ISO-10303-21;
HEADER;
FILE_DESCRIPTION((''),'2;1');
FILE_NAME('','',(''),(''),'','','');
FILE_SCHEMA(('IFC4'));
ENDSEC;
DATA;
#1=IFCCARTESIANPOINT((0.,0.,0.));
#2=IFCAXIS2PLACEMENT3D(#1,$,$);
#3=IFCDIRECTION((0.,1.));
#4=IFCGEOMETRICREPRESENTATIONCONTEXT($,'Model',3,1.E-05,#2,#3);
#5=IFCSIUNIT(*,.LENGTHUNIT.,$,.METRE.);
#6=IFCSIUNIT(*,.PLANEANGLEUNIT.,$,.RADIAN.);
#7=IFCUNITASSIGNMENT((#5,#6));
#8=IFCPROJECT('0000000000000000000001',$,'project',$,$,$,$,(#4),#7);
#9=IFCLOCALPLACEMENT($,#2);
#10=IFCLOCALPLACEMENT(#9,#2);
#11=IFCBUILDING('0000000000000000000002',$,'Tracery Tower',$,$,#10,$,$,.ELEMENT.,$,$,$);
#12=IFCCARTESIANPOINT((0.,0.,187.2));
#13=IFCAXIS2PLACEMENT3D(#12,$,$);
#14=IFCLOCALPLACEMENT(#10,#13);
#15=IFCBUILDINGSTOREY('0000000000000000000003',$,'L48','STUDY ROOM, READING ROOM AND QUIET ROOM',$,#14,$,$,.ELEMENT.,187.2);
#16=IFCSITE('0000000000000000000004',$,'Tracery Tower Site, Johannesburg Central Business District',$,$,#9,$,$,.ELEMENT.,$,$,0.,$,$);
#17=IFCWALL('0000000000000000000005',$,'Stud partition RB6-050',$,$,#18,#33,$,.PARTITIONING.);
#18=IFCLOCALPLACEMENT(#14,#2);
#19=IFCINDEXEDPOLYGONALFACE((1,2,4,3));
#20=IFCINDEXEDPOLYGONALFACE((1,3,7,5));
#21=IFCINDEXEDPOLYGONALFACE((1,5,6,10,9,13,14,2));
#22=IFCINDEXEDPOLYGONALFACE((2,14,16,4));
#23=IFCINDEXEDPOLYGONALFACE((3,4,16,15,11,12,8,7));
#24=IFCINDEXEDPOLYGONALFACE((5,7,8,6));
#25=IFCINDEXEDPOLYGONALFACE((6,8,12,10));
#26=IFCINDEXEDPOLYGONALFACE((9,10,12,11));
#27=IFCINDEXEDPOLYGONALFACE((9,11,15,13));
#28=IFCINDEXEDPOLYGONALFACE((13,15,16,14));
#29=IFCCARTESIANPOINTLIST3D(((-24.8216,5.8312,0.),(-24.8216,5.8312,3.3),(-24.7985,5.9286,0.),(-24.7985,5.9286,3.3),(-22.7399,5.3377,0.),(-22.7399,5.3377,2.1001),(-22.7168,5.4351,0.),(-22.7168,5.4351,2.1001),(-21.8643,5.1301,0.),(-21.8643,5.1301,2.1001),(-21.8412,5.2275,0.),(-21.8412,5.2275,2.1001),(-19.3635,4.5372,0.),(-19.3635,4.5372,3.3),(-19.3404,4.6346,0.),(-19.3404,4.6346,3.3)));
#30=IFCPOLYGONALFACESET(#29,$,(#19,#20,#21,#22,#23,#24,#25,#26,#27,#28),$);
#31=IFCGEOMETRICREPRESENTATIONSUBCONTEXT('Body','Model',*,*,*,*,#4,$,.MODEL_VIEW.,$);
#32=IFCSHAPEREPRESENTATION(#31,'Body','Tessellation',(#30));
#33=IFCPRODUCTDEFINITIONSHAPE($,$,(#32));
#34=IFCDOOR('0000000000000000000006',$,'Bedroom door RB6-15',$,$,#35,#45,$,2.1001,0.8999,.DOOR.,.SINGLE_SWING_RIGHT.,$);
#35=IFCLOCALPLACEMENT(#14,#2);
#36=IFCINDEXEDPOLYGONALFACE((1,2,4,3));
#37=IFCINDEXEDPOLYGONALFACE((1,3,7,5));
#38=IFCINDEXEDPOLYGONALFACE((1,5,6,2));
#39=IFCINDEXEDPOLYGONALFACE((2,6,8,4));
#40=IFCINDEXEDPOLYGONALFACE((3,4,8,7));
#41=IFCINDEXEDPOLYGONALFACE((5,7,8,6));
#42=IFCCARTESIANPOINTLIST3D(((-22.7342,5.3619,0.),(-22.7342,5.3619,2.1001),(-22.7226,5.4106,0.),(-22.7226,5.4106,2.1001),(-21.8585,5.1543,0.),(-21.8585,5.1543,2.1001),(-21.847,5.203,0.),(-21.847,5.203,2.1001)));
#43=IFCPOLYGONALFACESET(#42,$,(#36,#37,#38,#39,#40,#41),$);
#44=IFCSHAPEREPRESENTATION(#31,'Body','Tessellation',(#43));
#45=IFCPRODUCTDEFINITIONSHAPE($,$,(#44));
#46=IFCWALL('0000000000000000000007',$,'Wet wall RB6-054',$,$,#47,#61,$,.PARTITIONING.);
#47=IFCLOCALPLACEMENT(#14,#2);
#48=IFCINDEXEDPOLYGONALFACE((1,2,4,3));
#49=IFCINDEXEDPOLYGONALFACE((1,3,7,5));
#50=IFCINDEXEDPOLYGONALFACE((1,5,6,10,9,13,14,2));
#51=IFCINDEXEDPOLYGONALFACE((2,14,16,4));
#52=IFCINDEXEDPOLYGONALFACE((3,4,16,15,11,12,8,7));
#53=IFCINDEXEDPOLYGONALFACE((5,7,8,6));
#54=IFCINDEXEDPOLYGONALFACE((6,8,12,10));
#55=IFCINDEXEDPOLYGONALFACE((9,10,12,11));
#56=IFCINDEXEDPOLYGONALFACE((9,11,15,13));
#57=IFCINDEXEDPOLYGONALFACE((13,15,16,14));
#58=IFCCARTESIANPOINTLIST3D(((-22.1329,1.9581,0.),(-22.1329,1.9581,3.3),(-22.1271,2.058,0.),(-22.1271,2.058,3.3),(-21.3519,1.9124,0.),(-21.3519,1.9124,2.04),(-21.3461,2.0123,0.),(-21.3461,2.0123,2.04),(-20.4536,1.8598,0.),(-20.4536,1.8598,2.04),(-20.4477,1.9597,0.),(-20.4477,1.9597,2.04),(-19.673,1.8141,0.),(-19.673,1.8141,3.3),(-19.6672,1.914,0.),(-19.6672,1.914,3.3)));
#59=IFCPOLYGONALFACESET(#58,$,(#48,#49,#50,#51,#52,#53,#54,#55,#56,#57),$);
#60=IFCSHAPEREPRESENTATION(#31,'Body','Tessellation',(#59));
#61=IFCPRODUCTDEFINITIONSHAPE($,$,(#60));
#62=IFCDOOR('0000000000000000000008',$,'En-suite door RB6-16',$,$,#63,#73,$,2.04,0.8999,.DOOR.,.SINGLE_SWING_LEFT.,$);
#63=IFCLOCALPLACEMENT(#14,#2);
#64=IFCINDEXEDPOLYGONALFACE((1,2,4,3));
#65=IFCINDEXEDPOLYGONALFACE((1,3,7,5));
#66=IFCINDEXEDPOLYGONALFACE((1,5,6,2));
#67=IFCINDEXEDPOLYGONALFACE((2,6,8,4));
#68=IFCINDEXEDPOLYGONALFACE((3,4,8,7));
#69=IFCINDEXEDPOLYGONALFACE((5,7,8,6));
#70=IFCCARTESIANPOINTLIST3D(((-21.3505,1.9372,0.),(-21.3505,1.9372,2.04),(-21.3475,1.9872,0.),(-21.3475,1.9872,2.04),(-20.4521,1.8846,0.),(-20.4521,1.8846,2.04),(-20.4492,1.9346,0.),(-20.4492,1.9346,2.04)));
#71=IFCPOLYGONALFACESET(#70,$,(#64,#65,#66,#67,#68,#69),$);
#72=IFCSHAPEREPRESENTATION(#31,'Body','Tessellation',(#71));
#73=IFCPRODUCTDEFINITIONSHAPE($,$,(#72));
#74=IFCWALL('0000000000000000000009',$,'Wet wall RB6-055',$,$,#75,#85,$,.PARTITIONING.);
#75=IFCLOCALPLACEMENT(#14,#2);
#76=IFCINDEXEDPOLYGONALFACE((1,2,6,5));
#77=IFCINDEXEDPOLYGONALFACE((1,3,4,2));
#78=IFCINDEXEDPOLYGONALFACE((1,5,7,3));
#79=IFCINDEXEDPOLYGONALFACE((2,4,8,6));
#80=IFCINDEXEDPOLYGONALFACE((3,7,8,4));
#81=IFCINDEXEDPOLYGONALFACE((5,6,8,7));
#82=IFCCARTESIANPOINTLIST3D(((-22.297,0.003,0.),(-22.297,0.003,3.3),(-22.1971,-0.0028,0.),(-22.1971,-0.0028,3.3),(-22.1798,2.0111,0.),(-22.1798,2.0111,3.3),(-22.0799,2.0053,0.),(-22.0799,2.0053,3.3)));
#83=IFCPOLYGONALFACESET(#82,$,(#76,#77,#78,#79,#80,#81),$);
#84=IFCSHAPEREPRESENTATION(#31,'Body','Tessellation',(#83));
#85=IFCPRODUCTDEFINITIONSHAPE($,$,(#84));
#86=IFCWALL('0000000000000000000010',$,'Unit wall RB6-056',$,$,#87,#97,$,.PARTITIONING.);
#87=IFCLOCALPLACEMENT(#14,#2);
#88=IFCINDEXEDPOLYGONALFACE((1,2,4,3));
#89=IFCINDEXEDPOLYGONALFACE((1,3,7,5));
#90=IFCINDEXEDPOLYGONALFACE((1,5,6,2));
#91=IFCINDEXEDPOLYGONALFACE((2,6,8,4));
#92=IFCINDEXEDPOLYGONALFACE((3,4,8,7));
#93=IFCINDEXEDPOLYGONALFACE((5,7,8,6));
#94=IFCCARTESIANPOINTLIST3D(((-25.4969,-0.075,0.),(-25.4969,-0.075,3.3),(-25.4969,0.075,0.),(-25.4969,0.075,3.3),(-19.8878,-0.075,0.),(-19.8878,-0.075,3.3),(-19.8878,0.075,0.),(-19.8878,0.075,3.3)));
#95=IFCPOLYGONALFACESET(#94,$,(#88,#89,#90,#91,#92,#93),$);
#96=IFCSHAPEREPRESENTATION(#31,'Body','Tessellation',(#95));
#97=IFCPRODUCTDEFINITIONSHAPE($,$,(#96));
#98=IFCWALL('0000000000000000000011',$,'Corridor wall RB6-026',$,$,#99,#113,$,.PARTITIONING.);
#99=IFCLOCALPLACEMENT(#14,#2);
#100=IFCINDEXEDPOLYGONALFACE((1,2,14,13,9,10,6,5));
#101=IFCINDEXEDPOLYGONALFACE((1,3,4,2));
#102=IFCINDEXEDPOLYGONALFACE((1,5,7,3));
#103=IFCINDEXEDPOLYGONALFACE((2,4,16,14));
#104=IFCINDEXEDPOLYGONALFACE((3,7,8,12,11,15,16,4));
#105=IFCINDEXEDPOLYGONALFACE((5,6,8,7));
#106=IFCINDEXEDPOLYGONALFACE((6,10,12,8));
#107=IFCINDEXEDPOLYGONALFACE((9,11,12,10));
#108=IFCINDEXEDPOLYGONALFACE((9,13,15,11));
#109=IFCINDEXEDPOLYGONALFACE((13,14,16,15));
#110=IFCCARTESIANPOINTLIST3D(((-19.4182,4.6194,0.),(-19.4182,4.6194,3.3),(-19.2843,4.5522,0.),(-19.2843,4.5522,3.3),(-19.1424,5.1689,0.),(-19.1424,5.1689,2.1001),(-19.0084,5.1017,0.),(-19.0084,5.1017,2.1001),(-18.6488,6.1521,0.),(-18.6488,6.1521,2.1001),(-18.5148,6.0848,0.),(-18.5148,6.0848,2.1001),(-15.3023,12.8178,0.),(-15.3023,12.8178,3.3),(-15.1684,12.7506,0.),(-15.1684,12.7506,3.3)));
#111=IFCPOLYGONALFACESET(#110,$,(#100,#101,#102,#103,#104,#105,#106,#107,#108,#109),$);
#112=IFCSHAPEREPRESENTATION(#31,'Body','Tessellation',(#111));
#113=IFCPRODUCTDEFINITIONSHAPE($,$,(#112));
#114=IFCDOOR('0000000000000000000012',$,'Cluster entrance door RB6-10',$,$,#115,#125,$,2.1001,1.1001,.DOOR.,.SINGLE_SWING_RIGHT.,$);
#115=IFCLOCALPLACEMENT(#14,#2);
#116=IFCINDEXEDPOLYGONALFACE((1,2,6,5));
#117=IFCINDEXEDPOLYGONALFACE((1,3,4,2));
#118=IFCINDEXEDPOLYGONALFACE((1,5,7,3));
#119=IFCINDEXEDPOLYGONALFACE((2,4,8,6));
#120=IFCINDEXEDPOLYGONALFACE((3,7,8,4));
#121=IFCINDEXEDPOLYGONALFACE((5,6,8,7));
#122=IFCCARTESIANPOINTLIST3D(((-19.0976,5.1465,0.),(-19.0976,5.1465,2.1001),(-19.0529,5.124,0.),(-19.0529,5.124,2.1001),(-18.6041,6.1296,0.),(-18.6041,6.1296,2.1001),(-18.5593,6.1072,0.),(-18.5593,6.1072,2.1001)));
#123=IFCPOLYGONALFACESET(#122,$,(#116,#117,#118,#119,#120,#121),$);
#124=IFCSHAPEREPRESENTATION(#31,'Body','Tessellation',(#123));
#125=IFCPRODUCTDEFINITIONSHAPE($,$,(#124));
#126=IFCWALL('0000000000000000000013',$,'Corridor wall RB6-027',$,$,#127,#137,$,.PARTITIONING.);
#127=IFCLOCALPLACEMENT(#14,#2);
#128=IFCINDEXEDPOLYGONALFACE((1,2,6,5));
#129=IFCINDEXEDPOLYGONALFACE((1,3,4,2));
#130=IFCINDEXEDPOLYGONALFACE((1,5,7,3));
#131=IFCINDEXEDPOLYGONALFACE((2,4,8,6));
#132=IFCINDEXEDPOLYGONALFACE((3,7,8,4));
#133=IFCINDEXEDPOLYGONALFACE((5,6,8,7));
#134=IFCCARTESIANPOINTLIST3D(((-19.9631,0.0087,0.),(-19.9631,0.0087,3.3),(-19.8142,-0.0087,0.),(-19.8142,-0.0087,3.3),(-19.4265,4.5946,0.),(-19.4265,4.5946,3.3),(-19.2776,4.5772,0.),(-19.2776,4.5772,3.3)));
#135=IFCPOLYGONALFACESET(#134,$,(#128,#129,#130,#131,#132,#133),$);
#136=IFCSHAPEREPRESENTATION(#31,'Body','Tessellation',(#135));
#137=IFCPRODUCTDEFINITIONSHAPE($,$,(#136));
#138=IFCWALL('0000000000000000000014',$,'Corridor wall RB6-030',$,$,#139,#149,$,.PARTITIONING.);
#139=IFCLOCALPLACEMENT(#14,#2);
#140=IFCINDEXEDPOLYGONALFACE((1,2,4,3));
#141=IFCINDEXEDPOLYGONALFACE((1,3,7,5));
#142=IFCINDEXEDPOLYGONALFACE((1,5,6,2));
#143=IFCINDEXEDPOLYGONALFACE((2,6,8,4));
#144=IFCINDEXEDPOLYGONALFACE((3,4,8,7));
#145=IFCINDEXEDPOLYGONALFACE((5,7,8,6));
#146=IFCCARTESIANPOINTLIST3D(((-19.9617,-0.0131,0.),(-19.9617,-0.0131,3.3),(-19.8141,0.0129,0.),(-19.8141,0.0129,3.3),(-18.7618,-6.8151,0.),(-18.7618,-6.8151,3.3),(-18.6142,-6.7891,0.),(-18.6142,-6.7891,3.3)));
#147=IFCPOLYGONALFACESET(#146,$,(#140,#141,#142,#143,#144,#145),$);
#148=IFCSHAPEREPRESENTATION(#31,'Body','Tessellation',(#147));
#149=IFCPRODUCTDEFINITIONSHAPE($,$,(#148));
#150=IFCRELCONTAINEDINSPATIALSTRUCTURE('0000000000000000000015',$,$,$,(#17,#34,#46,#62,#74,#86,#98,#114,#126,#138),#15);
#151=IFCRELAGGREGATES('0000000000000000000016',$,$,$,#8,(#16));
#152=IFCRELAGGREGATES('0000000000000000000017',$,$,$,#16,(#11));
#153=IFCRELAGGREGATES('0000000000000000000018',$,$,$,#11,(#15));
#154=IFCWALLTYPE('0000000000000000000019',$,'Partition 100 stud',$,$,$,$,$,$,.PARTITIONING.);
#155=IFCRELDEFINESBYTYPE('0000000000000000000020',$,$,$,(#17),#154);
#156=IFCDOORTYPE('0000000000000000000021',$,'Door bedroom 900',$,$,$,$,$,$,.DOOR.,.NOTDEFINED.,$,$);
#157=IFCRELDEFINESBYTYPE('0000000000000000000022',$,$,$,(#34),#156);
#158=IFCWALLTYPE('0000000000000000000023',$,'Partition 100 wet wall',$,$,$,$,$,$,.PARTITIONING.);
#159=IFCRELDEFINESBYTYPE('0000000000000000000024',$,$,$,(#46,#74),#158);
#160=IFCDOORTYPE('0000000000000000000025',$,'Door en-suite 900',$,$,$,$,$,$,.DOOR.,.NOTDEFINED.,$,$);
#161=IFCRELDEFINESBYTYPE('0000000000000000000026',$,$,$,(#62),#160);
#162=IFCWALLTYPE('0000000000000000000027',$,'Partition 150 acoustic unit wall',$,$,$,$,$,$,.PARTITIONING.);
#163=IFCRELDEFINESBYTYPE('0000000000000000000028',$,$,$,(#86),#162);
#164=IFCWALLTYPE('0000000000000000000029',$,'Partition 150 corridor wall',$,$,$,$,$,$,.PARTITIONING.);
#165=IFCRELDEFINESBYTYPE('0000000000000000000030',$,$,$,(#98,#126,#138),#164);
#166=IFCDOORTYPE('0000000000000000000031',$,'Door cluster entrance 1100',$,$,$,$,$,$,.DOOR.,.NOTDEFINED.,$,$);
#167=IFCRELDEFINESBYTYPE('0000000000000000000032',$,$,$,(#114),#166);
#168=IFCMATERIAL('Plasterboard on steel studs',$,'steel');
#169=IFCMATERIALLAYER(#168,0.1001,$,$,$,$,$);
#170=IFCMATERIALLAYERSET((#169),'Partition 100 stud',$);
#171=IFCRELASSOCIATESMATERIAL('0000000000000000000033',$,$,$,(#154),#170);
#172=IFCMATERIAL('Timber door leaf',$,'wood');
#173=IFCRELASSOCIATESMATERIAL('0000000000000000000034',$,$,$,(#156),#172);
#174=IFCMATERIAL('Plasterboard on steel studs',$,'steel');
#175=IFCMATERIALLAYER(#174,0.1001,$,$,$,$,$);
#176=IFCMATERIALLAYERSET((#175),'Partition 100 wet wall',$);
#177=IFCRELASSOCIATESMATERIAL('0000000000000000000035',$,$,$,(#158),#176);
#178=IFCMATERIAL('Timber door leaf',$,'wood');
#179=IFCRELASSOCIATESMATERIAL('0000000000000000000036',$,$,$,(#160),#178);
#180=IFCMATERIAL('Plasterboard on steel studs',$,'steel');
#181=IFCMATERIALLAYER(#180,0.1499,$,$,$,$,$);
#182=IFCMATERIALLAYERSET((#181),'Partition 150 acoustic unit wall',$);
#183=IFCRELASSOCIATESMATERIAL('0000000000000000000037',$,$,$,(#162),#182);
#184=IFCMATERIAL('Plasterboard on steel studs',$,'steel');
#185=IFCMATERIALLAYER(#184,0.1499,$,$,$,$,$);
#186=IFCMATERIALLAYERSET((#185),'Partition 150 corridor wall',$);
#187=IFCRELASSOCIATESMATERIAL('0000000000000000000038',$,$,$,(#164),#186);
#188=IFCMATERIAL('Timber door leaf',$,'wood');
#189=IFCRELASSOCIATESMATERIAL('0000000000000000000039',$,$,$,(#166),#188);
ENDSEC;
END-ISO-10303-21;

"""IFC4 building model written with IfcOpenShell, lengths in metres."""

from ifc_helpers import new_model, si_unit, direction, frame, frame_2d, origin, place, context, subcontext, project, spatial, rectangle, extrude, material, layer, layer_set, type_object, element, fill, save


model = new_model("IFC4")

# Units and contexts
model_context = context("Model", 3, precision=1e-05, world=origin(), true_north=direction((0.0, 1.0)))
body_context = subcontext(model_context, "Body", "Model", "MODEL_VIEW")
ifc_project = project(units=[si_unit("LENGTHUNIT", "METRE"), si_unit("PLANEANGLEUNIT", "RADIAN")], contexts=[model_context])

# Site, building, storey
site_placement = place(None, origin())
site = spatial("IfcSite", under=ifc_project, at=site_placement, Name="Tracery Tower Site, Johannesburg Central Business District", CompositionType="ELEMENT", RefElevation=0.0)
building_placement = place(site_placement, origin())
building = spatial("IfcBuilding", under=site, at=building_placement, Name="Tracery Tower", CompositionType="ELEMENT")
storey_placement = place(building_placement, frame((0.0, 0.0, 187.2)))
storey = spatial("IfcBuildingStorey", under=building, at=storey_placement, Name="L48", Description="STUDY ROOM, READING ROOM AND QUIET ROOM", CompositionType="ELEMENT", Elevation=187.2)

# Walls, openings, doors
ifc_material_1 = material(Name="Plasterboard on steel studs", Category="steel")
ifc_layer_1 = layer(ifc_material_1, 0.1001)
ifc_layer_set_1 = layer_set([ifc_layer_1], Name="Partition 100 stud")
wall_type_1 = type_object("IfcWallType", Name="Partition 100 stud", PredefinedType="PARTITIONING", material=ifc_layer_set_1)
wall_1_placement = place(storey_placement, frame((-24.8101, 5.8799, 0.0), z_axis=(0.0, 0.0, 1.0), x_axis=(0.97303, -0.230679, 0.0)))
wall_1 = element("IfcWall", 1, at=wall_1_placement, inside=storey, type_object=wall_type_1, Name="Stud partition RB6-050", PredefinedType="PARTITIONING", context=body_context, shape_type="SweptSolid", body=[
    extrude(rectangle(XDim=5.6094, YDim=0.1001, at=frame_2d((2.8047, 0.0))), origin(), (0.0, 0.0, 1.0), 3.3),
])
opening_1_placement = place(wall_1_placement, frame((2.1394, 0.0, 0.0)))
opening_1 = element("IfcOpeningElement", 2, at=opening_1_placement, cuts=wall_1, PredefinedType="OPENING", context=body_context, shape_type="SweptSolid", body=[
    extrude(rectangle(XDim=0.8999, YDim=2.1001, at=frame_2d((0.45, 1.05))), frame((0.0, 0.05, 0.0), z_axis=(0.0, -1.0, 0.0), x_axis=(1.0, 0.0, 0.0)), (0.0, 0.0, 1.0), 0.1001),
])
ifc_material_2 = material(Name="Timber door leaf", Category="wood")
door_type_1 = type_object("IfcDoorType", Name="Door bedroom 900", OperationType="NOTDEFINED", PredefinedType="DOOR", material=ifc_material_2)
door_1_placement = place(opening_1_placement, origin())
door_1 = element("IfcDoor", 3, at=door_1_placement, inside=storey, type_object=door_type_1, Name="Bedroom door RB6-15", OperationType="SINGLE_SWING_RIGHT", OverallHeight=2.1001, OverallWidth=0.8999, PredefinedType="DOOR", context=body_context, shape_type="SweptSolid", body=[
    extrude(rectangle(XDim=0.8999, YDim=2.1001, at=frame_2d((0.45, 1.05))), frame((0.0, 0.0249, 0.0), z_axis=(0.0, -1.0, 0.0), x_axis=(1.0, 0.0, 0.0)), (0.0, 0.0, 1.0), 0.05),
])
fill(opening_1, door_1)
ifc_material_3 = material(Name="Plasterboard on steel studs", Category="steel")
ifc_layer_2 = layer(ifc_material_3, 0.1001)
ifc_layer_set_2 = layer_set([ifc_layer_2], Name="Partition 100 wet wall")
wall_type_2 = type_object("IfcWallType", Name="Partition 100 wet wall", PredefinedType="PARTITIONING", material=ifc_layer_set_2)
wall_2_placement = place(storey_placement, frame((-22.1299, 2.0081, 0.0), z_axis=(0.0, 0.0, 1.0), x_axis=(0.99829, -0.058455, 0.0)))
wall_2 = element("IfcWall", 4, at=wall_2_placement, inside=storey, type_object=wall_type_2, Name="Wet wall RB6-054", PredefinedType="PARTITIONING", context=body_context, shape_type="SweptSolid", body=[
    extrude(rectangle(XDim=2.4641, YDim=0.1001, at=frame_2d((1.2319, 0.0))), origin(), (0.0, 0.0, 1.0), 3.3),
])
opening_2_placement = place(wall_2_placement, frame((0.7822, 0.0, 0.0)))
opening_2 = element("IfcOpeningElement", 5, at=opening_2_placement, cuts=wall_2, PredefinedType="OPENING", context=body_context, shape_type="SweptSolid", body=[
    extrude(rectangle(XDim=0.8999, YDim=2.04, at=frame_2d((0.45, 1.02))), frame((0.0, 0.05, 0.0), z_axis=(0.0, -1.0, 0.0), x_axis=(1.0, 0.0, 0.0)), (0.0, 0.0, 1.0), 0.1001),
])
ifc_material_4 = material(Name="Timber door leaf", Category="wood")
door_type_2 = type_object("IfcDoorType", Name="Door en-suite 900", OperationType="NOTDEFINED", PredefinedType="DOOR", material=ifc_material_4)
door_2_placement = place(opening_2_placement, origin())
door_2 = element("IfcDoor", 6, at=door_2_placement, inside=storey, type_object=door_type_2, Name="En-suite door RB6-16", OperationType="SINGLE_SWING_LEFT", OverallHeight=2.04, OverallWidth=0.8999, PredefinedType="DOOR", context=body_context, shape_type="SweptSolid", body=[
    extrude(rectangle(XDim=0.8999, YDim=2.04, at=frame_2d((0.45, 1.02))), frame((0.0, 0.0249, 0.0), z_axis=(0.0, -1.0, 0.0), x_axis=(1.0, 0.0, 0.0)), (0.0, 0.0, 1.0), 0.05),
])
fill(opening_2, door_2)

# Walls
wall_3_placement = place(storey_placement, frame((-22.2471, 0.0, 0.0), z_axis=(0.0, 0.0, 1.0), x_axis=(0.05826, 0.998301, 0.0)))
element("IfcWall", 7, at=wall_3_placement, inside=storey, type_object=wall_type_2, Name="Wet wall RB6-055", PredefinedType="PARTITIONING", context=body_context, shape_type="SweptSolid", body=[
    extrude(rectangle(XDim=2.0115, YDim=0.1001, at=frame_2d((1.0059, 0.0))), origin(), (0.0, 0.0, 1.0), 3.3),
])
ifc_material_5 = material(Name="Plasterboard on steel studs", Category="steel")
ifc_layer_3 = layer(ifc_material_5, 0.1499)
ifc_layer_set_3 = layer_set([ifc_layer_3], Name="Partition 150 acoustic unit wall")
wall_type_3 = type_object("IfcWallType", Name="Partition 150 acoustic unit wall", PredefinedType="PARTITIONING", material=ifc_layer_set_3)
wall_4_placement = place(storey_placement, frame((-25.4971, 0.0, 0.0), z_axis=(0.0, 0.0, 1.0), x_axis=(1.0, 0.0, 0.0)))
element("IfcWall", 8, at=wall_4_placement, inside=storey, type_object=wall_type_3, Name="Unit wall RB6-056", PredefinedType="PARTITIONING", context=body_context, shape_type="SweptSolid", body=[
    extrude(rectangle(XDim=5.6091, YDim=0.1499, at=frame_2d((2.8047, 0.0))), origin(), (0.0, 0.0, 1.0), 3.3),
])

# Wall, opening, door
ifc_material_6 = material(Name="Plasterboard on steel studs", Category="steel")
ifc_layer_4 = layer(ifc_material_6, 0.1499)
ifc_layer_set_4 = layer_set([ifc_layer_4], Name="Partition 150 corridor wall")
wall_type_4 = type_object("IfcWallType", Name="Partition 150 corridor wall", PredefinedType="PARTITIONING", material=ifc_layer_set_4)
wall_5_placement = place(storey_placement, frame((-19.3513, 4.5857, 0.0), z_axis=(0.0, 0.0, 1.0), x_axis=(0.448671, 0.893697, 0.0)))
wall_5 = element("IfcWall", 9, at=wall_5_placement, inside=storey, type_object=wall_type_4, Name="Corridor wall RB6-026", PredefinedType="PARTITIONING", context=body_context, shape_type="SweptSolid", body=[
    extrude(rectangle(XDim=9.1736, YDim=0.1499, at=frame_2d((4.5869, 0.0))), origin(), (0.0, 0.0, 1.0), 3.3),
])
opening_3_placement = place(wall_5_placement, frame((0.615, 0.0, 0.0)))
opening_3 = element("IfcOpeningElement", 10, at=opening_3_placement, cuts=wall_5, PredefinedType="OPENING", context=body_context, shape_type="SweptSolid", body=[
    extrude(rectangle(XDim=1.1001, YDim=2.1001, at=frame_2d((0.55, 1.05))), frame((0.0, 0.075, 0.0), z_axis=(0.0, -1.0, 0.0), x_axis=(1.0, 0.0, 0.0)), (0.0, 0.0, 1.0), 0.1499),
])
ifc_material_7 = material(Name="Timber door leaf", Category="wood")
door_type_3 = type_object("IfcDoorType", Name="Door cluster entrance 1100", OperationType="NOTDEFINED", PredefinedType="DOOR", material=ifc_material_7)
door_3_placement = place(opening_3_placement, origin())
door_3 = element("IfcDoor", 11, at=door_3_placement, inside=storey, type_object=door_type_3, Name="Cluster entrance door RB6-10", OperationType="SINGLE_SWING_RIGHT", OverallHeight=2.1001, OverallWidth=1.1001, PredefinedType="DOOR", context=body_context, shape_type="SweptSolid", body=[
    extrude(rectangle(XDim=1.1001, YDim=2.1001, at=frame_2d((0.55, 1.05))), frame((0.0, 0.0249, 0.0), z_axis=(0.0, -1.0, 0.0), x_axis=(1.0, 0.0, 0.0)), (0.0, 0.0, 1.0), 0.05),
])
fill(opening_3, door_3)

# Walls
wall_6_placement = place(storey_placement, frame((-19.8887, 0.0, 0.0), z_axis=(0.0, 0.0, 1.0), x_axis=(0.116222, 0.993223, 0.0)))
element("IfcWall", 12, at=wall_6_placement, inside=storey, type_object=wall_type_4, Name="Corridor wall RB6-027", PredefinedType="PARTITIONING", context=body_context, shape_type="SweptSolid", body=[
    extrude(rectangle(XDim=4.6172, YDim=0.1499, at=frame_2d((2.3086, 0.0))), origin(), (0.0, 0.0, 1.0), 3.3),
])
wall_7_placement = place(storey_placement, frame((-19.8879, 0.0, 0.0), z_axis=(0.0, 0.0, 1.0), x_axis=(0.173729, -0.984794, 0.0)))
element("IfcWall", 13, at=wall_7_placement, inside=storey, type_object=wall_type_4, Name="Corridor wall RB6-030", PredefinedType="PARTITIONING", context=body_context, shape_type="SweptSolid", body=[
    extrude(rectangle(XDim=6.907, YDim=0.1499, at=frame_2d((3.4536, 0.0))), origin(), (0.0, 0.0, 1.0), 3.3),
])

save(model, "model.ifc")
